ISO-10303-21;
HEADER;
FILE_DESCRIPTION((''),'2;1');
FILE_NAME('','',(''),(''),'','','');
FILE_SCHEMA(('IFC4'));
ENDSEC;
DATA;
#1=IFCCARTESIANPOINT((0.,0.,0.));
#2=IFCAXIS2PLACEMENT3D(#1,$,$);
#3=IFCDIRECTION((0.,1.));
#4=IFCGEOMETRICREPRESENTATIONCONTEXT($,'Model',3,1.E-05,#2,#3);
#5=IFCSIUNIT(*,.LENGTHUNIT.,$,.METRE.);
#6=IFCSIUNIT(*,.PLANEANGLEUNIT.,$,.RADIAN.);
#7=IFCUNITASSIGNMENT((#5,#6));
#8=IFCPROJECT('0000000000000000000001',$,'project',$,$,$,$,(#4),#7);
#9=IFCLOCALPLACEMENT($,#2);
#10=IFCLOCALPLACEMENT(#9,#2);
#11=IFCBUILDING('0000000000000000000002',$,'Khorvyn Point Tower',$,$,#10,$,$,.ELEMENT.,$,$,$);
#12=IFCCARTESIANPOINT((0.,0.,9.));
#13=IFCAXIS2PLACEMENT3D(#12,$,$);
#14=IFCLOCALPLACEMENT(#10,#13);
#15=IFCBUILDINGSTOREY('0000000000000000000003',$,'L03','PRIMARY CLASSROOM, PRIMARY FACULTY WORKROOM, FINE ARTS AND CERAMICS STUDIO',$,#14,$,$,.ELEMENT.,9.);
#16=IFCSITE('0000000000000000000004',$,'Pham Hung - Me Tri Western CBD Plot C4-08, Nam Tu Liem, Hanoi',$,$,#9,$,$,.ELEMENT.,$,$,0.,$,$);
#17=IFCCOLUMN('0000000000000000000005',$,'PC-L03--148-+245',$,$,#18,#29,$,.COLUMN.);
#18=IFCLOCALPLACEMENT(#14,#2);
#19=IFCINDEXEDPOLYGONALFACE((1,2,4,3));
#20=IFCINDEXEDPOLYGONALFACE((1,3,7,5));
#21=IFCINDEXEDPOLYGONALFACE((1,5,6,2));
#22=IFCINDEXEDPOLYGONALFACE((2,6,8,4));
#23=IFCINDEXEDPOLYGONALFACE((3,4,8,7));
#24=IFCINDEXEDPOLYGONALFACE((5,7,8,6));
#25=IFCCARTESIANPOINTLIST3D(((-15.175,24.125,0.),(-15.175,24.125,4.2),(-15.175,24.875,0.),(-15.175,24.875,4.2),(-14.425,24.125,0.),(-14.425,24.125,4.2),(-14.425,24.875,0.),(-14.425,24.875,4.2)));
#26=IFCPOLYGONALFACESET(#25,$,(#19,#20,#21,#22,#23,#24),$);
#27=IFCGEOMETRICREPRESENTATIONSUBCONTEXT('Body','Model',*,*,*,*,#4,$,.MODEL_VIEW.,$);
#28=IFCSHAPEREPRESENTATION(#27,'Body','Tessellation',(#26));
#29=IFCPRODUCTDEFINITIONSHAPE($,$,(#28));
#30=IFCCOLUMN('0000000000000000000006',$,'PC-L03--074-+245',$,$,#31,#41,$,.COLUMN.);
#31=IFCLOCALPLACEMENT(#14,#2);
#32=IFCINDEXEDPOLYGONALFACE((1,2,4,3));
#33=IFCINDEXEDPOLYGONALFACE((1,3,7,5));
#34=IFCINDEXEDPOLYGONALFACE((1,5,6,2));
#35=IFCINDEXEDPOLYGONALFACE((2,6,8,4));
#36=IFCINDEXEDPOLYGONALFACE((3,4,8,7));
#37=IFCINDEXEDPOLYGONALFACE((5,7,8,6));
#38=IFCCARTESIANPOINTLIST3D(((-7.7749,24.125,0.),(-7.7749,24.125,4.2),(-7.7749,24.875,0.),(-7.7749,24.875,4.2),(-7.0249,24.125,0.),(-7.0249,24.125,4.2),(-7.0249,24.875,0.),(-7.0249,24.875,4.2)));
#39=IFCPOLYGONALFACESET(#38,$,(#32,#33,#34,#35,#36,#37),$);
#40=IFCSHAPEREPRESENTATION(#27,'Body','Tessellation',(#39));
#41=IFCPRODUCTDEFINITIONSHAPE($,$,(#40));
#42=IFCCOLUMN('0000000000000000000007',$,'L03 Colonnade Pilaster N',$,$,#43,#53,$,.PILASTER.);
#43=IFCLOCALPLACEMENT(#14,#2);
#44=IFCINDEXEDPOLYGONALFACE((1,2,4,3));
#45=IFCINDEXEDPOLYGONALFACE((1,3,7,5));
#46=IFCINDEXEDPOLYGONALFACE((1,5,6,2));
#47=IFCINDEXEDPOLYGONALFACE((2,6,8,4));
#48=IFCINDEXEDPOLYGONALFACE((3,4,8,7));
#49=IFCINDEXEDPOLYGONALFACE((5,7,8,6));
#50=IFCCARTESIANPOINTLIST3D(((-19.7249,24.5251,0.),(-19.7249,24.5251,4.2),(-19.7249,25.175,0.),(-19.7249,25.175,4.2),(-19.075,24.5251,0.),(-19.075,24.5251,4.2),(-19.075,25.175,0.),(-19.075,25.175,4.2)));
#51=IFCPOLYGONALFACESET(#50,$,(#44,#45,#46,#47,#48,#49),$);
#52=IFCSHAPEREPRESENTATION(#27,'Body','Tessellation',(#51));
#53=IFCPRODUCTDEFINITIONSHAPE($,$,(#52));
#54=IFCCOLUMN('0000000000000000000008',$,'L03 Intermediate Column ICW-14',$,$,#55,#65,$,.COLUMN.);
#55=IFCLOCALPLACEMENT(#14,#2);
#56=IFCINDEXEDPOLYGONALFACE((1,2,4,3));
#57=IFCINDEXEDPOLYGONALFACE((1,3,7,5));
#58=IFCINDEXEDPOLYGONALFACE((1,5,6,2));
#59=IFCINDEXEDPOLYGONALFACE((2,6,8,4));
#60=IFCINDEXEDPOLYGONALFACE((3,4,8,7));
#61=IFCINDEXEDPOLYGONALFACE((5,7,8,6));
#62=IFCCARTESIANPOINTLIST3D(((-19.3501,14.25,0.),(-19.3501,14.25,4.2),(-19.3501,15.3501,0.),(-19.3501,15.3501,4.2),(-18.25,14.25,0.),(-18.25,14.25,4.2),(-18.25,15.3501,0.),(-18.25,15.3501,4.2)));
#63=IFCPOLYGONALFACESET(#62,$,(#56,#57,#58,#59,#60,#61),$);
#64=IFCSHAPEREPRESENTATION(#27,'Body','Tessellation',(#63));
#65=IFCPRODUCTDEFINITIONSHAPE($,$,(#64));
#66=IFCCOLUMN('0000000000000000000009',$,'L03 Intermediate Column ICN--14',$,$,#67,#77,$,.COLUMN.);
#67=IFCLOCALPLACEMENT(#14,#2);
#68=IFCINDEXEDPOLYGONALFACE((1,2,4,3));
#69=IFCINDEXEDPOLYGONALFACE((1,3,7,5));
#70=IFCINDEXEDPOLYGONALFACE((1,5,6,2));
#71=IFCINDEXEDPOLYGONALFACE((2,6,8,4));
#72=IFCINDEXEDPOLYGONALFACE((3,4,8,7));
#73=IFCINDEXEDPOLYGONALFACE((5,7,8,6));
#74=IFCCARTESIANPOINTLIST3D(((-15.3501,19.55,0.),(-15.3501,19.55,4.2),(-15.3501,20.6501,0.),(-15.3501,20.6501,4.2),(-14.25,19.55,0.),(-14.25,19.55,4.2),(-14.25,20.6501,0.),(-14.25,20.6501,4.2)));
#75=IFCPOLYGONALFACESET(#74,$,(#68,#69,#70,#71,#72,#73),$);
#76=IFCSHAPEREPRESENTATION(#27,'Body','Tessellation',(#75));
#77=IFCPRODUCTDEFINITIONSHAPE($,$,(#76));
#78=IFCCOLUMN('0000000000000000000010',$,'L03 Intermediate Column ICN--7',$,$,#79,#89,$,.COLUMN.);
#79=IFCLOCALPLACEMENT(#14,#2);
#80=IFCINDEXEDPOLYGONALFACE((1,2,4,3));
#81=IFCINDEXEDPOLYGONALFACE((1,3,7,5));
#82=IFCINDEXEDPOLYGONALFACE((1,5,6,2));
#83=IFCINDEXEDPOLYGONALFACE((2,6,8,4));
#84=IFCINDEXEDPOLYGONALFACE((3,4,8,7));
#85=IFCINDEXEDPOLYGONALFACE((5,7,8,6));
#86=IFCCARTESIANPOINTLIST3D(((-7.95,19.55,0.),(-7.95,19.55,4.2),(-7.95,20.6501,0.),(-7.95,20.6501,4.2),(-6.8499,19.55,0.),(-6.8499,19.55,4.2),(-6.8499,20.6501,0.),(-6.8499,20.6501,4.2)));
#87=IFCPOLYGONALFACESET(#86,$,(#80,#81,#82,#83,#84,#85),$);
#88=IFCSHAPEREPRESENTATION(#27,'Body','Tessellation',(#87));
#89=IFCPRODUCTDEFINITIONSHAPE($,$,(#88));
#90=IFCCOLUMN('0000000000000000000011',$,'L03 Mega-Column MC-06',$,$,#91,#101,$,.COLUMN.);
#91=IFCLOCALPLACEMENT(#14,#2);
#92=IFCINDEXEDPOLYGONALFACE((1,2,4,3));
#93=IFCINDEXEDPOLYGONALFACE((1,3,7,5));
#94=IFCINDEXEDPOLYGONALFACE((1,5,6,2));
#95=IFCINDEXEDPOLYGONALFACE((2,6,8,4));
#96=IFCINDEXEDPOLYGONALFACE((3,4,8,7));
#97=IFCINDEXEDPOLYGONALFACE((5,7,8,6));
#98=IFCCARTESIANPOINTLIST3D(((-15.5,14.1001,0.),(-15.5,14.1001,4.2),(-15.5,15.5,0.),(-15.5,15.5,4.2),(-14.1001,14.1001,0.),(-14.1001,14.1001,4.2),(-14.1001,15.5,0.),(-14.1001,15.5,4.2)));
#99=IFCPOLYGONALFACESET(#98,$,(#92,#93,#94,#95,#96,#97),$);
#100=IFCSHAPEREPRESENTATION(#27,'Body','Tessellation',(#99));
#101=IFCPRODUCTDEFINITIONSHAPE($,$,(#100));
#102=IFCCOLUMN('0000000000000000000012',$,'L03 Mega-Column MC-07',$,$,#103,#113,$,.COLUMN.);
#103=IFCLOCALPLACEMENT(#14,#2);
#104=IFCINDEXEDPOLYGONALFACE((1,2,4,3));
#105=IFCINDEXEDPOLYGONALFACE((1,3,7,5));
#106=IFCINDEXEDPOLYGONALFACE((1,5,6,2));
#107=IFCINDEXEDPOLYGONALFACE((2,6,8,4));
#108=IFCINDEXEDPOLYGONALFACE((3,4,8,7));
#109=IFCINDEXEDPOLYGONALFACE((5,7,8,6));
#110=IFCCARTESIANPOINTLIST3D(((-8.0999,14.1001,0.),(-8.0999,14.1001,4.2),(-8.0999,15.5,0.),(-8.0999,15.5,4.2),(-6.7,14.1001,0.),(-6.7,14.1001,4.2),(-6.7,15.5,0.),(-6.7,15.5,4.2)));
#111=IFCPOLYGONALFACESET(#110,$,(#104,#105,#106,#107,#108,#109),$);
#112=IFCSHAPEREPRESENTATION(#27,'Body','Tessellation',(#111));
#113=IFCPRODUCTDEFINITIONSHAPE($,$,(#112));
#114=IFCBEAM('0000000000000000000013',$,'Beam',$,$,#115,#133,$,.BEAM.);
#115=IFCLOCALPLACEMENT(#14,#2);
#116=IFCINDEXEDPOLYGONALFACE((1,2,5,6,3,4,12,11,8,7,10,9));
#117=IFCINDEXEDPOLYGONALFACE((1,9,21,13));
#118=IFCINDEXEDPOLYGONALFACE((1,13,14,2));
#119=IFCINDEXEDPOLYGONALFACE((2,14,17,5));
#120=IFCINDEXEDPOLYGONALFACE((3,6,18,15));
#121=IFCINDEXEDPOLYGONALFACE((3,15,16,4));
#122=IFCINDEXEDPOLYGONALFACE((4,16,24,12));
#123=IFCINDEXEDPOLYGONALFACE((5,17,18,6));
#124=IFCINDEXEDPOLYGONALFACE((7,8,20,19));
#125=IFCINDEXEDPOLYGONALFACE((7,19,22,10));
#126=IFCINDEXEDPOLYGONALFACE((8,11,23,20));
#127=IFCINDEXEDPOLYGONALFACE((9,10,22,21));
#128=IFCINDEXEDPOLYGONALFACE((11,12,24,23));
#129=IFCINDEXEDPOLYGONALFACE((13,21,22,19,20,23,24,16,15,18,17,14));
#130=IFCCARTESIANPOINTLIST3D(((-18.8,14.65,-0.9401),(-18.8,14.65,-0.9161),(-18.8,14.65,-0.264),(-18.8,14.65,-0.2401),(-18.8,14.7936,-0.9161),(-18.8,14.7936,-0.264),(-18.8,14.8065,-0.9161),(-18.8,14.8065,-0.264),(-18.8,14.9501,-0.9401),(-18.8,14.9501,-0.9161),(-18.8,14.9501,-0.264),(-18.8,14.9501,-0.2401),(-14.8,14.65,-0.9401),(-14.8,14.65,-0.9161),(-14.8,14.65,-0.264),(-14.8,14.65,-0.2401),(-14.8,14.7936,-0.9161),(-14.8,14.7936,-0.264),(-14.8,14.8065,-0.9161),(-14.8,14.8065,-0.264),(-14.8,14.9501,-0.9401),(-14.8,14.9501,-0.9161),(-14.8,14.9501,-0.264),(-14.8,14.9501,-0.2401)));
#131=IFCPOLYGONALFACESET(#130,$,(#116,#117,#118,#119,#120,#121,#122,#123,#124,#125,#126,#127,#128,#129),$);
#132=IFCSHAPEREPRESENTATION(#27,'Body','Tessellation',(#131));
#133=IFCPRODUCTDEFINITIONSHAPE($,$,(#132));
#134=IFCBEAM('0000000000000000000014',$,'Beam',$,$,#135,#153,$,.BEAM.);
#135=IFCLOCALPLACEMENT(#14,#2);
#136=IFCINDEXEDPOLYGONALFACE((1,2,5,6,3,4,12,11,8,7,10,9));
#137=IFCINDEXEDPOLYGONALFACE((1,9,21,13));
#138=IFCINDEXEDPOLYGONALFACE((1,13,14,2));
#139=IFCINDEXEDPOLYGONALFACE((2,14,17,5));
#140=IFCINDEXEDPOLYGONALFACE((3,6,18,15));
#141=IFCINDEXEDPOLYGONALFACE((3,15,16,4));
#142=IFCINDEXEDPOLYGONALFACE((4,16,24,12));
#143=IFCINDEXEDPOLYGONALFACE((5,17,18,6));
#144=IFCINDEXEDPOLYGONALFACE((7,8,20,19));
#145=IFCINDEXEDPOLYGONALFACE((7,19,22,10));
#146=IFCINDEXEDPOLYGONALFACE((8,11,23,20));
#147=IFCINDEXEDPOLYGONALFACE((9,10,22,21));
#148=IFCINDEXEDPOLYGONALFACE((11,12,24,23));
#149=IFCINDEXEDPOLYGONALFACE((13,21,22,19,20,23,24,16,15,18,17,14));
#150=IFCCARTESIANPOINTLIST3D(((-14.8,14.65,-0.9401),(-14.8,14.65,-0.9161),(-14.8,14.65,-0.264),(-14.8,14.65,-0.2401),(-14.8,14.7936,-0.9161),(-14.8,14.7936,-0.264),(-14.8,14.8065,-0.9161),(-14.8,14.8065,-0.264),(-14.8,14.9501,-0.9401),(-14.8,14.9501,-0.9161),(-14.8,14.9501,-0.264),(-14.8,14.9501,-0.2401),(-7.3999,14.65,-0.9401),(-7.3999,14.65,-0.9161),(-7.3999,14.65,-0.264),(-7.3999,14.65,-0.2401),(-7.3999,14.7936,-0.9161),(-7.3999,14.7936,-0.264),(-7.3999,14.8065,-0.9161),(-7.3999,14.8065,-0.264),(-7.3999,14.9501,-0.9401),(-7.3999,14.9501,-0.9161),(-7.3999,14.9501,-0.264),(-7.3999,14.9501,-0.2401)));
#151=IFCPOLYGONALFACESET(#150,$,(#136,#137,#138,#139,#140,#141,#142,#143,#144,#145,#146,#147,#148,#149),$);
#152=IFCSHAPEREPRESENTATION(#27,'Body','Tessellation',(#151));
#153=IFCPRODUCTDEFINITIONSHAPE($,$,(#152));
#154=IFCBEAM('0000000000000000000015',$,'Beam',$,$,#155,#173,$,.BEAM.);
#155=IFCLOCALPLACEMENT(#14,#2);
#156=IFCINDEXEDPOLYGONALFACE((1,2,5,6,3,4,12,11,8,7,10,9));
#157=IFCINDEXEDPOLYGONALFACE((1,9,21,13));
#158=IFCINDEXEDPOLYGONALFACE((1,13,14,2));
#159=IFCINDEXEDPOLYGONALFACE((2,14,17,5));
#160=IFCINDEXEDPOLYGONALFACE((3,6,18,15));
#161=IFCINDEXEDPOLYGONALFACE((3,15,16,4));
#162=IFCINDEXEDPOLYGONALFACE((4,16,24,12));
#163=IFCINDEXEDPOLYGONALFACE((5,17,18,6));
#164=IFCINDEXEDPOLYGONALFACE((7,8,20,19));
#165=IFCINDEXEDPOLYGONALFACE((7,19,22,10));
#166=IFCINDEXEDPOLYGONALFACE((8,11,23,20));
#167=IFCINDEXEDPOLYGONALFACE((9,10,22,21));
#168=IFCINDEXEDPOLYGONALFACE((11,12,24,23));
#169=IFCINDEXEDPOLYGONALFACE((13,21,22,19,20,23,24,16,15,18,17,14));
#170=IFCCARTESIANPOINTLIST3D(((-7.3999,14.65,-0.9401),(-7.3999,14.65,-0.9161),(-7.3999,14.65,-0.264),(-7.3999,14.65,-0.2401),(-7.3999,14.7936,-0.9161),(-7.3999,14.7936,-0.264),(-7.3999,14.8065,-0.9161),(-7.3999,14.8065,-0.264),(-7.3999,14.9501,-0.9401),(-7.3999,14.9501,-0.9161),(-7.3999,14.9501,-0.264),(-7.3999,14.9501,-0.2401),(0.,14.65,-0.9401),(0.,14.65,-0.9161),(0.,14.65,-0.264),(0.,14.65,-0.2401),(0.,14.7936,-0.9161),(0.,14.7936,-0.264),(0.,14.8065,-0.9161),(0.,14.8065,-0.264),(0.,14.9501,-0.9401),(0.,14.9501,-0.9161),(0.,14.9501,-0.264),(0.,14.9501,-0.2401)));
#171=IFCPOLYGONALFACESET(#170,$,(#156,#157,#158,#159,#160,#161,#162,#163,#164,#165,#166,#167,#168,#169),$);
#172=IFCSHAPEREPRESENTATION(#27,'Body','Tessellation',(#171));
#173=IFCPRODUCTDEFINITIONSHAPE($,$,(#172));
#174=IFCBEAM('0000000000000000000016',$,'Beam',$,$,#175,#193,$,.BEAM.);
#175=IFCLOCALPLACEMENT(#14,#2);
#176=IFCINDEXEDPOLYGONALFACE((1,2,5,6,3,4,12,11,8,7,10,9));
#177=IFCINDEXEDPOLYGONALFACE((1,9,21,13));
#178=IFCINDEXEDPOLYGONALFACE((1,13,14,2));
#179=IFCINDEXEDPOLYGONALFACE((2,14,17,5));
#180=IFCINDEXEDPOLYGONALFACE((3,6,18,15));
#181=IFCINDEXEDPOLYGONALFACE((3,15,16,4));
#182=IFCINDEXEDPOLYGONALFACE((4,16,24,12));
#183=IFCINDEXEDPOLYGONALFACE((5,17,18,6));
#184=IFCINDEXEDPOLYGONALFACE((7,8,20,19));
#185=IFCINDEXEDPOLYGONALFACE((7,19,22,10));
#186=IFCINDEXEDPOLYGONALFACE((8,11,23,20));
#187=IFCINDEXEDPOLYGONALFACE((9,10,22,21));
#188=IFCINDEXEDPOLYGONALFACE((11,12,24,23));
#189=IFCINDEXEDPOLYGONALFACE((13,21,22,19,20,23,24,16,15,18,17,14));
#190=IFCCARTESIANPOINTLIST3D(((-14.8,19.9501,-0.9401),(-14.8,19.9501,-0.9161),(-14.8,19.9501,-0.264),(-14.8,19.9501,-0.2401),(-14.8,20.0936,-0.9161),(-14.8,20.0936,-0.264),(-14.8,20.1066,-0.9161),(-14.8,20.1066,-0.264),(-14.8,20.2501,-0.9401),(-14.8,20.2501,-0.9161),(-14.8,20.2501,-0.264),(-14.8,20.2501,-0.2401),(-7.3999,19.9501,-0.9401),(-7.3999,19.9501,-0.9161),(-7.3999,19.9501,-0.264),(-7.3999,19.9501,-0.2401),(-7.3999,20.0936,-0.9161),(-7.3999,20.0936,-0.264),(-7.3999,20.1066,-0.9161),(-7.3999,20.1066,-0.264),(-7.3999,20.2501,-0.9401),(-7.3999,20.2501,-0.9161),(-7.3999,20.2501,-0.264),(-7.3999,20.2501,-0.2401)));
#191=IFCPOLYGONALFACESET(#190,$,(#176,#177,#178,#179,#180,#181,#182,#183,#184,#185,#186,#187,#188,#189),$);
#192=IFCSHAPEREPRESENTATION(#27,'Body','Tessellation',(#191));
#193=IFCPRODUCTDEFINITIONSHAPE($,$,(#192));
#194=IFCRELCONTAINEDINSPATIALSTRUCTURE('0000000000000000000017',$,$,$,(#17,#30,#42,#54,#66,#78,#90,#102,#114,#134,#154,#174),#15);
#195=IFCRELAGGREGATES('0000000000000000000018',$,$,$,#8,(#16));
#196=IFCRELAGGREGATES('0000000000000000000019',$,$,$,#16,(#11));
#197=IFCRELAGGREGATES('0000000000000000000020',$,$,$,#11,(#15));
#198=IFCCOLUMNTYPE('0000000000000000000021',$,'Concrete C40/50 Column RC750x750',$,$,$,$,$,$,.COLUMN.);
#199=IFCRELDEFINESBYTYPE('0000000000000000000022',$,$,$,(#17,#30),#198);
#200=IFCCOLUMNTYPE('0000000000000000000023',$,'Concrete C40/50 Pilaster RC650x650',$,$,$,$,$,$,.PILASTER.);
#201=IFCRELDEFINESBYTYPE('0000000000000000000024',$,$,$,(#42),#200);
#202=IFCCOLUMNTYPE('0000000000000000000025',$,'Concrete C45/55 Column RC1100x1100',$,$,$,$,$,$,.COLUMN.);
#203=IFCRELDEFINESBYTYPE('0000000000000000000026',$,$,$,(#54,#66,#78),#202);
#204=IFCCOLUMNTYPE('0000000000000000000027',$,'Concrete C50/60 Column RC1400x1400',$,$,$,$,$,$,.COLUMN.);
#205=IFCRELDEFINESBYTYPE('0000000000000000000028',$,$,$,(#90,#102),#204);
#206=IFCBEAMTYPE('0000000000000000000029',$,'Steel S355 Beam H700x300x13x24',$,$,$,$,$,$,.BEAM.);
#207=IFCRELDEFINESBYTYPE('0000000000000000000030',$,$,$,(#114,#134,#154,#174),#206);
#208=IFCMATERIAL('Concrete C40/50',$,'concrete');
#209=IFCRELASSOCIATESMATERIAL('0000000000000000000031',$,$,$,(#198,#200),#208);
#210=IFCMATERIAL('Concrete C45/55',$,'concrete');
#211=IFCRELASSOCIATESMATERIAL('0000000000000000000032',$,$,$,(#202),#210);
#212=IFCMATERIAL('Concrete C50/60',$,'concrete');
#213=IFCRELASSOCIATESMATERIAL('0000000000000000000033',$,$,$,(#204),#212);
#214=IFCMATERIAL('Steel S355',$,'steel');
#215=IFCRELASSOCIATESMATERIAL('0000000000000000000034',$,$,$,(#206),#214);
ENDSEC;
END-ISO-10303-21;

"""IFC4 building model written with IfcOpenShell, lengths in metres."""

from ifc_helpers import new_model, si_unit, direction, frame, origin, origin_2d, place, context, subcontext, project, spatial, rectangle, i_section, extrude, material, material_profile, profile_set, type_object, element, save


model = new_model("IFC4")

# Units and contexts
model_context = context("Model", 3, precision=1e-05, world=origin(), true_north=direction((0.0, 1.0)))
body_context = subcontext(model_context, "Body", "Model", "MODEL_VIEW")
ifc_project = project(units=[si_unit("LENGTHUNIT", "METRE"), si_unit("PLANEANGLEUNIT", "RADIAN")], contexts=[model_context])

# Site, building, storey
site_placement = place(None, origin())
site = spatial("IfcSite", under=ifc_project, at=site_placement, Name="Pham Hung - Me Tri Western CBD Plot C4-08, Nam Tu Liem, Hanoi", CompositionType="ELEMENT", RefElevation=0.0)
building_placement = place(site_placement, origin())
building = spatial("IfcBuilding", under=site, at=building_placement, Name="Khorvyn Point Tower", CompositionType="ELEMENT")
storey_placement = place(building_placement, frame((0.0, 0.0, 9.0)))
storey = spatial("IfcBuildingStorey", under=building, at=storey_placement, Name="L03", Description="PRIMARY CLASSROOM, PRIMARY FACULTY WORKROOM, FINE ARTS AND CERAMICS STUDIO", CompositionType="ELEMENT", Elevation=9.0)

# Columns
ifc_material_1 = material(Name="Concrete C40/50", Category="concrete")
ifc_material_profile_1 = material_profile(ifc_material_1, rectangle(XDim=0.75, YDim=0.75, at=origin_2d()))
ifc_profile_set_1 = profile_set([ifc_material_profile_1], Name="Concrete C40/50 RC750x750")
column_type_1 = type_object("IfcColumnType", Name="Concrete C40/50 Column RC750x750", PredefinedType="COLUMN", material=ifc_profile_set_1)
for number, where, z_axis, x_axis, name in (
    (1, (-14.8, 24.5, 0.0), (0.0, 0.0, 1.0), (1.0, 0.0, 0.0), "PC-L03--148-+245"),
    (2, (-7.3999, 24.5, 0.0), (0.0, 0.0, 1.0), (1.0, 0.0, 0.0), "PC-L03--074-+245"),
):
    element("IfcColumn", number, at=place(storey_placement, frame(where, z_axis=z_axis, x_axis=x_axis)), inside=storey, type_object=column_type_1, Name=name, PredefinedType="COLUMN", context=body_context, shape_type="SweptSolid", body=[
        extrude(rectangle(XDim=0.75, YDim=0.75, at=origin_2d()), origin(), (0.0, 0.0, 1.0), 4.2),
    ])
ifc_material_profile_2 = material_profile(ifc_material_1, rectangle(XDim=0.6499, YDim=0.6499, at=origin_2d()))
ifc_profile_set_2 = profile_set([ifc_material_profile_2], Name="Concrete C40/50 RC650x650")
column_type_2 = type_object("IfcColumnType", Name="Concrete C40/50 Pilaster RC650x650", PredefinedType="PILASTER", material=ifc_profile_set_2)
column_placement = place(storey_placement, frame((-19.3999, 24.8501, 0.0), z_axis=(0.0, 0.0, 1.0), x_axis=(1.0, 0.0, 0.0)))
element("IfcColumn", 3, at=column_placement, inside=storey, type_object=column_type_2, Name="L03 Colonnade Pilaster N", PredefinedType="PILASTER", context=body_context, shape_type="SweptSolid", body=[
    extrude(rectangle(XDim=0.6499, YDim=0.6499, at=origin_2d()), origin(), (0.0, 0.0, 1.0), 4.2),
])
ifc_material_2 = material(Name="Concrete C45/55", Category="concrete")
ifc_material_profile_3 = material_profile(ifc_material_2, rectangle(XDim=1.1001, YDim=1.1001, at=origin_2d()))
ifc_profile_set_3 = profile_set([ifc_material_profile_3], Name="Concrete C45/55 RC1100x1100")
column_type_3 = type_object("IfcColumnType", Name="Concrete C45/55 Column RC1100x1100", PredefinedType="COLUMN", material=ifc_profile_set_3)
for number, where, z_axis, x_axis, name in (
    (4, (-18.8, 14.8, 0.0), (0.0, 0.0, 1.0), (1.0, 0.0, 0.0), "L03 Intermediate Column ICW-14"),
    (5, (-14.8, 20.1001, 0.0), (0.0, 0.0, 1.0), (1.0, 0.0, 0.0), "L03 Intermediate Column ICN--14"),
    (6, (-7.3999, 20.1001, 0.0), (0.0, 0.0, 1.0), (1.0, 0.0, 0.0), "L03 Intermediate Column ICN--7"),
):
    element("IfcColumn", number, at=place(storey_placement, frame(where, z_axis=z_axis, x_axis=x_axis)), inside=storey, type_object=column_type_3, Name=name, PredefinedType="COLUMN", context=body_context, shape_type="SweptSolid", body=[
        extrude(rectangle(XDim=1.1001, YDim=1.1001, at=origin_2d()), origin(), (0.0, 0.0, 1.0), 4.2),
    ])
ifc_material_3 = material(Name="Concrete C50/60", Category="concrete")
ifc_material_profile_4 = material_profile(ifc_material_3, rectangle(XDim=1.3999, YDim=1.3999, at=origin_2d()))
ifc_profile_set_4 = profile_set([ifc_material_profile_4], Name="Concrete C50/60 RC1400x1400")
column_type_4 = type_object("IfcColumnType", Name="Concrete C50/60 Column RC1400x1400", PredefinedType="COLUMN", material=ifc_profile_set_4)
for number, where, z_axis, x_axis, name in (
    (7, (-14.8, 14.8, 0.0), (0.0, 0.0, 1.0), (1.0, 0.0, 0.0), "L03 Mega-Column MC-06"),
    (8, (-7.3999, 14.8, 0.0), (0.0, 0.0, 1.0), (1.0, 0.0, 0.0), "L03 Mega-Column MC-07"),
):
    element("IfcColumn", number, at=place(storey_placement, frame(where, z_axis=z_axis, x_axis=x_axis)), inside=storey, type_object=column_type_4, Name=name, PredefinedType="COLUMN", context=body_context, shape_type="SweptSolid", body=[
        extrude(rectangle(XDim=1.3999, YDim=1.3999, at=origin_2d()), origin(), (0.0, 0.0, 1.0), 4.2),
    ])

# Beams
ifc_material_4 = material(Name="Steel S355", Category="steel")
ifc_material_profile_5 = material_profile(ifc_material_4, i_section(OverallWidth=0.3, OverallDepth=0.7, WebThickness=0.0129, FlangeThickness=0.0239, at=origin_2d()))
ifc_profile_set_5 = profile_set([ifc_material_profile_5], Name="Steel S355 H700x300x13x24")
beam_type_1 = type_object("IfcBeamType", Name="Steel S355 Beam H700x300x13x24", PredefinedType="BEAM", material=ifc_profile_set_5)
beam_1_placement = place(storey_placement, frame((-18.8, 14.8, -0.5901), z_axis=(1.0, 0.0, 0.0), x_axis=(0.0, 1.0, 0.0)))
element("IfcBeam", 9, at=beam_1_placement, inside=storey, type_object=beam_type_1, Name="Beam", PredefinedType="BEAM", context=body_context, shape_type="SweptSolid", body=[
    extrude(i_section(OverallWidth=0.3, OverallDepth=0.7, WebThickness=0.0129, FlangeThickness=0.0239, at=origin_2d()), origin(), (0.0, 0.0, 1.0), 4.0),
])
beam_2_placement = place(storey_placement, frame((-14.8, 14.8, -0.5901), z_axis=(1.0, 0.0, 0.0), x_axis=(0.0, 1.0, 0.0)))
element("IfcBeam", 10, at=beam_2_placement, inside=storey, type_object=beam_type_1, Name="Beam", PredefinedType="BEAM", context=body_context, shape_type="SweptSolid", body=[
    extrude(i_section(OverallWidth=0.3, OverallDepth=0.7, WebThickness=0.0129, FlangeThickness=0.0239, at=origin_2d()), origin(), (0.0, 0.0, 1.0), 7.4001),
])
beam_3_placement = place(storey_placement, frame((-7.3999, 14.8, -0.5901), z_axis=(1.0, 0.0, 0.0), x_axis=(0.0, 1.0, 0.0)))
element("IfcBeam", 11, at=beam_3_placement, inside=storey, type_object=beam_type_1, Name="Beam", PredefinedType="BEAM", context=body_context, shape_type="SweptSolid", body=[
    extrude(i_section(OverallWidth=0.3, OverallDepth=0.7, WebThickness=0.0129, FlangeThickness=0.0239, at=origin_2d()), origin(), (0.0, 0.0, 1.0), 7.3999),
])
beam_4_placement = place(storey_placement, frame((-14.8, 20.1001, -0.5901), z_axis=(1.0, 0.0, 0.0), x_axis=(0.0, 1.0, 0.0)))
element("IfcBeam", 12, at=beam_4_placement, inside=storey, type_object=beam_type_1, Name="Beam", PredefinedType="BEAM", context=body_context, shape_type="SweptSolid", body=[
    extrude(i_section(OverallWidth=0.3, OverallDepth=0.7, WebThickness=0.0129, FlangeThickness=0.0239, at=origin_2d()), origin(), (0.0, 0.0, 1.0), 7.4001),
])

save(model, "model.ifc")
